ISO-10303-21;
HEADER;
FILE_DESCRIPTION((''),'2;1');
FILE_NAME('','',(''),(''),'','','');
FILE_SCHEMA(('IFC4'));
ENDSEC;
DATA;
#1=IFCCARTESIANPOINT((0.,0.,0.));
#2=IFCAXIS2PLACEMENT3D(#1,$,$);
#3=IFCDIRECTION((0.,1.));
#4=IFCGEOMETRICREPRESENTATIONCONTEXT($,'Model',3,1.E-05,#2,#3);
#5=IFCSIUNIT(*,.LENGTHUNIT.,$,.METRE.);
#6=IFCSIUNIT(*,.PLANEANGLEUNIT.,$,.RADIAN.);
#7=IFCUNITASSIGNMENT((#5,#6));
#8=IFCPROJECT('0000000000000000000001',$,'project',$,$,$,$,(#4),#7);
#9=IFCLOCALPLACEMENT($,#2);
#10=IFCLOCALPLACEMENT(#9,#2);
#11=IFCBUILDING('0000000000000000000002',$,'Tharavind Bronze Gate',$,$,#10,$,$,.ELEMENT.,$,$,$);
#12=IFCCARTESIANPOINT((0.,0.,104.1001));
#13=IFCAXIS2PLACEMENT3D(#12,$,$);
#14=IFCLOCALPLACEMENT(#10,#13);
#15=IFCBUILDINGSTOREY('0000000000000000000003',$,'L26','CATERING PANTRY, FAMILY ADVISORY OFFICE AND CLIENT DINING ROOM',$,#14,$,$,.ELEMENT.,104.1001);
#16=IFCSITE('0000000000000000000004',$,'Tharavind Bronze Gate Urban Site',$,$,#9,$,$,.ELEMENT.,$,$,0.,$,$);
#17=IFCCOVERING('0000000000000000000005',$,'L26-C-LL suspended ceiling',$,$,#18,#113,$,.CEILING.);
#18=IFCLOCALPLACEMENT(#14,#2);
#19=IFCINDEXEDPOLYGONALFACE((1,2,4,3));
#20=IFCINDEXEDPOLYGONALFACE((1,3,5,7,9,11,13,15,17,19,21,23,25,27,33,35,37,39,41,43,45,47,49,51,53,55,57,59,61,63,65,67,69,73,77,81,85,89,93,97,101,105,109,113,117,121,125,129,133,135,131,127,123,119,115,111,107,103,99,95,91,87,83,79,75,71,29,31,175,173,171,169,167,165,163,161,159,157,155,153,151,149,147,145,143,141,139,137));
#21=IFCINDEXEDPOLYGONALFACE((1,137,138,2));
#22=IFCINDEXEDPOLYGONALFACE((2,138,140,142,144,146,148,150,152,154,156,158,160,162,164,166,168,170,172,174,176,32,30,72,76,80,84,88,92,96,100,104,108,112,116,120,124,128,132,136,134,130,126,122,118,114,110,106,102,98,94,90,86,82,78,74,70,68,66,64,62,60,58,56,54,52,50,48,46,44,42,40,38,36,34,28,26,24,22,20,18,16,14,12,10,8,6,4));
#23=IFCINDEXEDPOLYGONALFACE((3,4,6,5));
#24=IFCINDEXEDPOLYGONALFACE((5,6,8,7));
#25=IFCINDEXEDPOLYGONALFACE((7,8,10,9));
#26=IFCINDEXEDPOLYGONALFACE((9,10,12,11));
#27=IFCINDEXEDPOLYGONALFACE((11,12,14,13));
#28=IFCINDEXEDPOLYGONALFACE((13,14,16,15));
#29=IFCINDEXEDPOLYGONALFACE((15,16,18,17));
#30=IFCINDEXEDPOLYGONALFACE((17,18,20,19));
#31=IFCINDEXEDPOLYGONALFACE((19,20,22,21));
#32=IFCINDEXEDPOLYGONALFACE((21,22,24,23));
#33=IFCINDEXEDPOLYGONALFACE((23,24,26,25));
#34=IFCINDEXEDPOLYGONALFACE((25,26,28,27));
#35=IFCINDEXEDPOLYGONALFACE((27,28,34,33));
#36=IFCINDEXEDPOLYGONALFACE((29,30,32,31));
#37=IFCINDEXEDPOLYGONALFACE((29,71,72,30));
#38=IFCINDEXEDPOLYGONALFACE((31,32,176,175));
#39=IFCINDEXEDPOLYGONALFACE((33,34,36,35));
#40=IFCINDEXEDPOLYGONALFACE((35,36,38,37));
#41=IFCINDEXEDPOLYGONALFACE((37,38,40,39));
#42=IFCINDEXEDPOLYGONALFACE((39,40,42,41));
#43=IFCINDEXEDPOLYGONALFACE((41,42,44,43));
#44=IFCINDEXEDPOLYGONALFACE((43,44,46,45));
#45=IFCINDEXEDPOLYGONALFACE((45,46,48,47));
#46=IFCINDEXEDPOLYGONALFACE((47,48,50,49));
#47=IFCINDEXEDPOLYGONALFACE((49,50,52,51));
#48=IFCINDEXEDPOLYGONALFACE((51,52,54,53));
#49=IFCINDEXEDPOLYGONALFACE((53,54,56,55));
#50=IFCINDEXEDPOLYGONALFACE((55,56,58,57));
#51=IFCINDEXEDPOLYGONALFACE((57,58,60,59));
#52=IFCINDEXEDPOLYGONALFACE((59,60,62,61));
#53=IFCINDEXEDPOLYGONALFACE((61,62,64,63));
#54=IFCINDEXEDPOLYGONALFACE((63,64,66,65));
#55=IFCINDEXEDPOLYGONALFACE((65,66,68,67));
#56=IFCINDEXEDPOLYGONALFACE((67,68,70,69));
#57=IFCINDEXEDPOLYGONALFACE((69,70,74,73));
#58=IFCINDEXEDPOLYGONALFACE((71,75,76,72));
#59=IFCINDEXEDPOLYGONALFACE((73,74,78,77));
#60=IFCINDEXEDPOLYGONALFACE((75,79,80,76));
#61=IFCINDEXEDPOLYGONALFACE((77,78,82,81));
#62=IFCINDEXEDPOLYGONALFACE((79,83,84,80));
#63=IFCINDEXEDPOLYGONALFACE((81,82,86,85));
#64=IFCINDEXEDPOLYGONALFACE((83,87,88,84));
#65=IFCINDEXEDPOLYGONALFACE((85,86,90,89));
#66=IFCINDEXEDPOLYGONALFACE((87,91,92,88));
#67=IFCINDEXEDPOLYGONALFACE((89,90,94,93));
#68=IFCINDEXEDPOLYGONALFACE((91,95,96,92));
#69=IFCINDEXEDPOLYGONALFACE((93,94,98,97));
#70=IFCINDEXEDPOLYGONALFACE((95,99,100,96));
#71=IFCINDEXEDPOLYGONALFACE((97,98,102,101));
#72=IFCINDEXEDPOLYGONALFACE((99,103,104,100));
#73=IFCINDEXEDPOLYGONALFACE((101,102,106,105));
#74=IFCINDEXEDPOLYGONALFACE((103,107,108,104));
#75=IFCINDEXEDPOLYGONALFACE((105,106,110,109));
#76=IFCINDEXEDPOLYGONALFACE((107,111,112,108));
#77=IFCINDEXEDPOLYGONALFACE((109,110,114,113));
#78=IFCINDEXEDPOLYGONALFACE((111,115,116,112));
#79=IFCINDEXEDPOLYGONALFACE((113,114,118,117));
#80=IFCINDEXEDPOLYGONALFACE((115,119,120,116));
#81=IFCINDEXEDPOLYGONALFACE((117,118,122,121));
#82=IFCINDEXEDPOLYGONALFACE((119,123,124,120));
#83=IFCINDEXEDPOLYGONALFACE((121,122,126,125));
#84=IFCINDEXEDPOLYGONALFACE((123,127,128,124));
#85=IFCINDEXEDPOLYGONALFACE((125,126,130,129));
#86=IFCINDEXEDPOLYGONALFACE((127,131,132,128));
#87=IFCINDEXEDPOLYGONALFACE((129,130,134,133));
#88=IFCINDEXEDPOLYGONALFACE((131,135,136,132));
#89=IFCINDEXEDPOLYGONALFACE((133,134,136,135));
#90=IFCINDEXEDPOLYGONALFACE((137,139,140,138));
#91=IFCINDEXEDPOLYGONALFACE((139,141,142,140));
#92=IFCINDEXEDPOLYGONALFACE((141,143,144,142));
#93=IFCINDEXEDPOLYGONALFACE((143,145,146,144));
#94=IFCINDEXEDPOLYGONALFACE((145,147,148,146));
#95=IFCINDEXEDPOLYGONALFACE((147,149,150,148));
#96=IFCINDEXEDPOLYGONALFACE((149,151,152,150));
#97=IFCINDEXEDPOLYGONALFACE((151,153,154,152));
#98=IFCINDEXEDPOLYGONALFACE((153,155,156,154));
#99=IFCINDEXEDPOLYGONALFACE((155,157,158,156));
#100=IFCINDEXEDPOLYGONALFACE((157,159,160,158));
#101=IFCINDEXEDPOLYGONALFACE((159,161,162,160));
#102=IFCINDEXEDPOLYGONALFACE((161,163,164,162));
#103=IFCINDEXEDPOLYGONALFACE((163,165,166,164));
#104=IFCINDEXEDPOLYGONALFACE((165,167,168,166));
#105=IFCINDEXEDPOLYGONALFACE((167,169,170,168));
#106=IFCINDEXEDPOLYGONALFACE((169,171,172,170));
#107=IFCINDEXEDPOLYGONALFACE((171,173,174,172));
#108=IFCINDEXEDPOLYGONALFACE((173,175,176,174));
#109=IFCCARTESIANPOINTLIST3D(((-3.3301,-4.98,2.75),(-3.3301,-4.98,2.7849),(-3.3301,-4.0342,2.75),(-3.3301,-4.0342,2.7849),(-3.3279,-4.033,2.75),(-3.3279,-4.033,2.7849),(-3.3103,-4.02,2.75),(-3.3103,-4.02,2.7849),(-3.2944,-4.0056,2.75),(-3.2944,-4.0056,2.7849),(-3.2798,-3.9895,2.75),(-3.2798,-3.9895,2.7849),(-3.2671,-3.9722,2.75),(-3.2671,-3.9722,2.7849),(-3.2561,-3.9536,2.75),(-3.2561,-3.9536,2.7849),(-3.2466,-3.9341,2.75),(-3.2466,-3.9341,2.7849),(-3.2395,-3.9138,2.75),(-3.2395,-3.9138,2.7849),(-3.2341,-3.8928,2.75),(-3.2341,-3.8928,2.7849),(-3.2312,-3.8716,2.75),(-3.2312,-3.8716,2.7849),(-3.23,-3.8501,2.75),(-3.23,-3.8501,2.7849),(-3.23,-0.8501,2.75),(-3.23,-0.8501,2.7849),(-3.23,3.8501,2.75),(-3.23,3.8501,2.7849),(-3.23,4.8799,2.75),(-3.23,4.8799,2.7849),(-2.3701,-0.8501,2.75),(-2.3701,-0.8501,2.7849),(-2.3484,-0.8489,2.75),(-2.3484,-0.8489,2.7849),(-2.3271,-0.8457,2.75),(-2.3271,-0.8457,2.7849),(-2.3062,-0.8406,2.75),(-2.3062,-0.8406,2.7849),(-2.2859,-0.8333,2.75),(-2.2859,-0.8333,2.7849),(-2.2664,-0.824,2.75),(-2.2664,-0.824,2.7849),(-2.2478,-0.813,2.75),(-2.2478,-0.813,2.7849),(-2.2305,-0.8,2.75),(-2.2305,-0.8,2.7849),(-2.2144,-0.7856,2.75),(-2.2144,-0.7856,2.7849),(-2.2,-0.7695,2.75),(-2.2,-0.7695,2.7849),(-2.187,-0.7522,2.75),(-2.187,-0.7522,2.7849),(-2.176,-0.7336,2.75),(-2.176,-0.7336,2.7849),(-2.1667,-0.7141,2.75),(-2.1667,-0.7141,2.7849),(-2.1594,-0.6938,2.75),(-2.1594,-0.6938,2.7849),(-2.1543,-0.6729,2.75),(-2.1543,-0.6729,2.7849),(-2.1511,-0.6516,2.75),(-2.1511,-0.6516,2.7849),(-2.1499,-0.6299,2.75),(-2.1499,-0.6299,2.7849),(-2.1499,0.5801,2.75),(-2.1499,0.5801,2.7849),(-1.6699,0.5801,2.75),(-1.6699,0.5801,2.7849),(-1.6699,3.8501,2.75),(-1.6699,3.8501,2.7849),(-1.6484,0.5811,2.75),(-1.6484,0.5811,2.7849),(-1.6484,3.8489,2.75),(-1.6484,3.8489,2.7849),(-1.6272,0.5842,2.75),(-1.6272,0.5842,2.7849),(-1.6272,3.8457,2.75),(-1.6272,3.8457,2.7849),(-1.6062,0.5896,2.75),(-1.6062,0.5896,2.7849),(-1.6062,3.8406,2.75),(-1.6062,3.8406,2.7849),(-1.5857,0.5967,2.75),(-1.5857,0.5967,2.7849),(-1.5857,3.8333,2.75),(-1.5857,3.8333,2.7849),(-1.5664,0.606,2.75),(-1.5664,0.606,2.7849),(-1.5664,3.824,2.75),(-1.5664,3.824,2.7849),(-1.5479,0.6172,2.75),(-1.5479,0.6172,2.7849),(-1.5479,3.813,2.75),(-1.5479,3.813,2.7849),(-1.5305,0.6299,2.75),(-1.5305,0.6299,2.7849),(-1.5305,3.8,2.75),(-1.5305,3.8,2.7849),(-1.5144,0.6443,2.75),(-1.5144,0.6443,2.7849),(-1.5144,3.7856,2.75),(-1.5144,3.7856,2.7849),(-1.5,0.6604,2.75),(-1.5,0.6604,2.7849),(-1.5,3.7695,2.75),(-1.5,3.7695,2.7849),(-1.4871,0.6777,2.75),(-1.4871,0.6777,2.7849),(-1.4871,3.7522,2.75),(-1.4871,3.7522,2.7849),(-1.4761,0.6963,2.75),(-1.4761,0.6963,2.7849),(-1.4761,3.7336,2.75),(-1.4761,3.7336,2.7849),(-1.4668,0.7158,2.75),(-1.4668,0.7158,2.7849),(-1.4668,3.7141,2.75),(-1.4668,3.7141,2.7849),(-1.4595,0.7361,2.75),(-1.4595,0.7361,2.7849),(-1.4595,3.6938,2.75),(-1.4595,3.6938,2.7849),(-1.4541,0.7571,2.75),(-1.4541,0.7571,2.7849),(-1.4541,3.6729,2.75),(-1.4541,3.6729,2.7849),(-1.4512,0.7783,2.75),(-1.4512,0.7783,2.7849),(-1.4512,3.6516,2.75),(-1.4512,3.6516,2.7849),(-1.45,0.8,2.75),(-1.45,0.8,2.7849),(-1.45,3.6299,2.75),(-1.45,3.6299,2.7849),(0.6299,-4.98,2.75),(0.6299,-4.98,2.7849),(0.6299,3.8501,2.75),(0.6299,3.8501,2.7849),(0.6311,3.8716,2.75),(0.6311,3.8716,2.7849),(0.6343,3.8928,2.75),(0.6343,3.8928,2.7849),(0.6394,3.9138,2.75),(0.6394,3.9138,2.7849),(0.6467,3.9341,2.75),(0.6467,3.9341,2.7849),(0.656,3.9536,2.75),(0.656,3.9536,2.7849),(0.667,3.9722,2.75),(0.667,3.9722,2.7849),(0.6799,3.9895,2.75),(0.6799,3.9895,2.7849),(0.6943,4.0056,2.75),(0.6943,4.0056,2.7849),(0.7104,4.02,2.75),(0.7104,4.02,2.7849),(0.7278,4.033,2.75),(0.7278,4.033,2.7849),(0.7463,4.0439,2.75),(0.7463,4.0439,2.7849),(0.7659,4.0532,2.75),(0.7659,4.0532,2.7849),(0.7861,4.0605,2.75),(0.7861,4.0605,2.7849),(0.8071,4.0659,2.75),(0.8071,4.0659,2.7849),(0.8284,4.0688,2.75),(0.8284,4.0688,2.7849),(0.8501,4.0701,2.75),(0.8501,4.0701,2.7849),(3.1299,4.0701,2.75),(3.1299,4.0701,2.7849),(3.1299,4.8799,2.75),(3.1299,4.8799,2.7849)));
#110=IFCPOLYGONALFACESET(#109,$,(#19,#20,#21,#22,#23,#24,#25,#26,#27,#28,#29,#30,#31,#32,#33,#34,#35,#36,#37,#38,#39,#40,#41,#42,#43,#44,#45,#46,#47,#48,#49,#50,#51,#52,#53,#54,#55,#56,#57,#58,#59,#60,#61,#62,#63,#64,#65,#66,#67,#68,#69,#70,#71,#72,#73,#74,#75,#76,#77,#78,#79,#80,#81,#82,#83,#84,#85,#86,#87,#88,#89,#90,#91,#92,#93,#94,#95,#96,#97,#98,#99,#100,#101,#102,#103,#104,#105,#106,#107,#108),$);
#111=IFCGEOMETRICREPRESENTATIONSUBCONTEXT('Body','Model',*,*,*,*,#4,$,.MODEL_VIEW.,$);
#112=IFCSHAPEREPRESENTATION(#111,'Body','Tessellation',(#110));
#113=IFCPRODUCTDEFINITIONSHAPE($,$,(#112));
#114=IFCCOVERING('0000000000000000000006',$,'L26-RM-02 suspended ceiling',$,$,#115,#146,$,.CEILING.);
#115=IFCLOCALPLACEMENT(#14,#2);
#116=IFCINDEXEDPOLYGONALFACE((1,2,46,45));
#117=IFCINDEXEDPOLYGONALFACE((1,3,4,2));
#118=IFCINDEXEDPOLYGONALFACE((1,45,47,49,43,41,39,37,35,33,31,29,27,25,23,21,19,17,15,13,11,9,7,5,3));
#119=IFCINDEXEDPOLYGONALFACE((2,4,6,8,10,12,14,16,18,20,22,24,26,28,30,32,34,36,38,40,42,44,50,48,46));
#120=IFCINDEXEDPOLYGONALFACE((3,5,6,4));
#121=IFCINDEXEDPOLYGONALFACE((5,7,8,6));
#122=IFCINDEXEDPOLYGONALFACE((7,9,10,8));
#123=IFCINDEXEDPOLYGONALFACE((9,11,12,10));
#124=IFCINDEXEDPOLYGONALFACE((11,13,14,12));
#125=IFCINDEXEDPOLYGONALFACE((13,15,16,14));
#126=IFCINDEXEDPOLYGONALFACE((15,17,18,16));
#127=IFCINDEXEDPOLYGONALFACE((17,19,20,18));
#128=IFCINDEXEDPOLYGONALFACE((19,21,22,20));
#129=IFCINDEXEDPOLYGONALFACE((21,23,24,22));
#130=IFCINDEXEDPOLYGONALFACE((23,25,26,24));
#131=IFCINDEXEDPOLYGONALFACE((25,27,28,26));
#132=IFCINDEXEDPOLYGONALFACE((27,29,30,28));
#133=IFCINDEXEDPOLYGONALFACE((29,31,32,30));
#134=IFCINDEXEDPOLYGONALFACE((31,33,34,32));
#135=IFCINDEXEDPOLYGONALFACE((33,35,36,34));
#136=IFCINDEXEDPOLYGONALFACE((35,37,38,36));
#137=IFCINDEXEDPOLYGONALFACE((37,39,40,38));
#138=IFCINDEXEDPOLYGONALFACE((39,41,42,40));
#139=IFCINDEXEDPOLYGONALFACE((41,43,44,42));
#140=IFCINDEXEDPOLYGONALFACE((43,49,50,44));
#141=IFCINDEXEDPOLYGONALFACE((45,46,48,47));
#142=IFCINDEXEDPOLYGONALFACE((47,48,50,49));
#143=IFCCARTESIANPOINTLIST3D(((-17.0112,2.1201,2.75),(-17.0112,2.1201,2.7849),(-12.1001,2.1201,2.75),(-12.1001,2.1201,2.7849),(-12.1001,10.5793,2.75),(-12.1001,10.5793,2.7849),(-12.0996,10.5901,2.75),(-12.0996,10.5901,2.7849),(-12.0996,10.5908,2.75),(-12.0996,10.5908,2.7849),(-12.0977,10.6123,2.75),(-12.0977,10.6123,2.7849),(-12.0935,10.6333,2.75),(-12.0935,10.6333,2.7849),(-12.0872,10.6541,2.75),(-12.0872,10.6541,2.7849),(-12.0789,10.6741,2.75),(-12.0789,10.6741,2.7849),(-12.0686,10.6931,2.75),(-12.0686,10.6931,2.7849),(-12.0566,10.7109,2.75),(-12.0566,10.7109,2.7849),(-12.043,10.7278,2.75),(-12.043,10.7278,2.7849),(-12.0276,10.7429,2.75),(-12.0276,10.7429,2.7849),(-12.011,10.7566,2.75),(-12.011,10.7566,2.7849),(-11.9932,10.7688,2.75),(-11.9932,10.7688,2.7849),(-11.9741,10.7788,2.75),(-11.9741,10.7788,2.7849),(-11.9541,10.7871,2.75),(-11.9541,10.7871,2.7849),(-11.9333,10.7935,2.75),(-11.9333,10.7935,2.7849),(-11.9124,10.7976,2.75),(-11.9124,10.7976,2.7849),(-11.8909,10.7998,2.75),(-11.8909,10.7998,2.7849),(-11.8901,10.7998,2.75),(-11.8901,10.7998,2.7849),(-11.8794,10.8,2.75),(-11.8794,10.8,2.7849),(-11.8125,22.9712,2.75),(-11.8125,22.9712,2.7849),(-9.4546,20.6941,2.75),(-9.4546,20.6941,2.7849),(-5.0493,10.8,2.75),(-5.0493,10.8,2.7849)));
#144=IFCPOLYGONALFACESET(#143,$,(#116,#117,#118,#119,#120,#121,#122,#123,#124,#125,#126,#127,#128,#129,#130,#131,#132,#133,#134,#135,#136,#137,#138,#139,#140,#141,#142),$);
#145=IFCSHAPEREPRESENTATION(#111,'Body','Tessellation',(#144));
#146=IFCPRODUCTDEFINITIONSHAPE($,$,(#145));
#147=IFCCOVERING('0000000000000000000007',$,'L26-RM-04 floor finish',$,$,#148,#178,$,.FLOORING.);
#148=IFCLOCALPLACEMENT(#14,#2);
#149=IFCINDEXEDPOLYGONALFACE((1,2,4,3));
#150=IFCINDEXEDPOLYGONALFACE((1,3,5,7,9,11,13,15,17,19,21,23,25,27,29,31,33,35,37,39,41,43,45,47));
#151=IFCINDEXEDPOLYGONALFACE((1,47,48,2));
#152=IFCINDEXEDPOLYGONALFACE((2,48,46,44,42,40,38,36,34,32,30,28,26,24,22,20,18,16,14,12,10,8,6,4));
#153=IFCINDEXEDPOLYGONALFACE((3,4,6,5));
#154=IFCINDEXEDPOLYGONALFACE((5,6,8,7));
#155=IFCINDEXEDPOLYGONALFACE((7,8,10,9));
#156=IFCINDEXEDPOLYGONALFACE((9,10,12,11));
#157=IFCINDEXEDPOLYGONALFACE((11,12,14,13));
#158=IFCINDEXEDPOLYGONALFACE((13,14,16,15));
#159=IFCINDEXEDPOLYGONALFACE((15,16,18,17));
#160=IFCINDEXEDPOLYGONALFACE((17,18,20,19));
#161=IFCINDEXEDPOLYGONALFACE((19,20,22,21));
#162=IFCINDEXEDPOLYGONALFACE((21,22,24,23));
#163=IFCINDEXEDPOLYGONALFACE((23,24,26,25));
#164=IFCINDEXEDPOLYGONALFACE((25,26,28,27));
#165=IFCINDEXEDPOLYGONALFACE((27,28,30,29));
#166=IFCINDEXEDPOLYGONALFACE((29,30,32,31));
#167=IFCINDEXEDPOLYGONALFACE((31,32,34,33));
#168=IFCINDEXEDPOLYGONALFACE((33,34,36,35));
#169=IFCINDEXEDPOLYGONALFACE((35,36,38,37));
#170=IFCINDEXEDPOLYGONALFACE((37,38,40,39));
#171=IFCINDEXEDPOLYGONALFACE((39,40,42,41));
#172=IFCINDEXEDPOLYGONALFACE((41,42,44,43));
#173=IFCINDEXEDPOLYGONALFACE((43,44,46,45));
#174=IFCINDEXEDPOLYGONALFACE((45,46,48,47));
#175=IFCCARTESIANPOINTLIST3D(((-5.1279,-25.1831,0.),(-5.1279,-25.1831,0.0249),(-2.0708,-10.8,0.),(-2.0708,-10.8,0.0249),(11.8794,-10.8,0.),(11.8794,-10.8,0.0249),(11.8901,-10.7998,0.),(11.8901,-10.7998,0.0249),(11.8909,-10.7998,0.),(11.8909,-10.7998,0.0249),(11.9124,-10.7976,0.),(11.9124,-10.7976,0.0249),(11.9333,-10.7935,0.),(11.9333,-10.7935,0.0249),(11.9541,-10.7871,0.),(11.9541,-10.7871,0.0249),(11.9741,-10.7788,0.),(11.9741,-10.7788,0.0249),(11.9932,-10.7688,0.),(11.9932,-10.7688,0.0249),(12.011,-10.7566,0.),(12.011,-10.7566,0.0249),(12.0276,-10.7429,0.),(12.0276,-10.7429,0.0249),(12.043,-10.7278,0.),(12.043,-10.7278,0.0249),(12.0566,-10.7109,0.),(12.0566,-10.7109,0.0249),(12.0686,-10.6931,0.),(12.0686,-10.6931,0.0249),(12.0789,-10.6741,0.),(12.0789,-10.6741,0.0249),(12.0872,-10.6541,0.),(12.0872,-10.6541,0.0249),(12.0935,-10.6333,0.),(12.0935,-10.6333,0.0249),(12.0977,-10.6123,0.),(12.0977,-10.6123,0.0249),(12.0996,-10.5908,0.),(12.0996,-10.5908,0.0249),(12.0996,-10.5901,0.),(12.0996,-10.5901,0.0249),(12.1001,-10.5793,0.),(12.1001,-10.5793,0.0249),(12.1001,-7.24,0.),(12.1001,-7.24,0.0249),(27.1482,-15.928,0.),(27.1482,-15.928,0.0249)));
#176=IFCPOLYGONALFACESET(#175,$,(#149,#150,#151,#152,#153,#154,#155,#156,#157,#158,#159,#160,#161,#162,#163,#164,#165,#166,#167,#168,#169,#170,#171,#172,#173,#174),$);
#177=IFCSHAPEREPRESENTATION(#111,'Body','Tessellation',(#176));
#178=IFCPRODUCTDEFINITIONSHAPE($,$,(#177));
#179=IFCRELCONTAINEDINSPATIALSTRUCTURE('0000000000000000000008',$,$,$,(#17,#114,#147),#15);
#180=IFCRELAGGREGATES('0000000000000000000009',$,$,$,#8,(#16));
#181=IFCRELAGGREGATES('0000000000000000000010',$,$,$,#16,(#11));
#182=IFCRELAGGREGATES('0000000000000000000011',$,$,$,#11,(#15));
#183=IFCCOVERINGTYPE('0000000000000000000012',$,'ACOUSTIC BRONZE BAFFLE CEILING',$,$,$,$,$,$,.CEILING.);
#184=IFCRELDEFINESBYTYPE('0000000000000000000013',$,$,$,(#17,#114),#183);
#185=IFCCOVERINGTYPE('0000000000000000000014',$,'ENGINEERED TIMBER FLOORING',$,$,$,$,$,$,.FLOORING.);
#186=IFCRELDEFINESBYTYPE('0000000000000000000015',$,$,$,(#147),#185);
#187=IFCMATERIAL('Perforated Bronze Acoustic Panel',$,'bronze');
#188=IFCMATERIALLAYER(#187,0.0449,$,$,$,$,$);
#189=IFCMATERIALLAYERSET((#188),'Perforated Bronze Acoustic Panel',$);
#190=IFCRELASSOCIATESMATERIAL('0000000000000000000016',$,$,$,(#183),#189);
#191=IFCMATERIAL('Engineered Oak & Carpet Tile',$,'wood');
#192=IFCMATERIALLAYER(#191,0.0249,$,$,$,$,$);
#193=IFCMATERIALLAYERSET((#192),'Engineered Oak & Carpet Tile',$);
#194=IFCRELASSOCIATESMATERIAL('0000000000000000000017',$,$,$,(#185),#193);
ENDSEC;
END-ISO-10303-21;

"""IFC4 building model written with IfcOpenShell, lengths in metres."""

from ifc_helpers import new_model, si_unit, direction, frame, origin, place, context, subcontext, project, spatial, polyline, outline, extrude, material, layer, layer_set, type_object, element, save


model = new_model("IFC4")

# Units and contexts
model_context = context("Model", 3, precision=1e-05, world=origin(), true_north=direction((0.0, 1.0)))
body_context = subcontext(model_context, "Body", "Model", "MODEL_VIEW")
ifc_project = project(units=[si_unit("LENGTHUNIT", "METRE"), si_unit("PLANEANGLEUNIT", "RADIAN")], contexts=[model_context])

# Site, building, storey
site_placement = place(None, origin())
site = spatial("IfcSite", under=ifc_project, at=site_placement, Name="Tharavind Bronze Gate Urban Site", CompositionType="ELEMENT", RefElevation=0.0)
building_placement = place(site_placement, origin())
building = spatial("IfcBuilding", under=site, at=building_placement, Name="Tharavind Bronze Gate", CompositionType="ELEMENT")
storey_placement = place(building_placement, frame((0.0, 0.0, 104.1001)))
storey = spatial("IfcBuildingStorey", under=building, at=storey_placement, Name="L26", Description="CATERING PANTRY, FAMILY ADVISORY OFFICE AND CLIENT DINING ROOM", CompositionType="ELEMENT", Elevation=104.1001)

# Coverings
ifc_material_1 = material(Name="Perforated Bronze Acoustic Panel", Category="bronze")
ifc_layer_1 = layer(ifc_material_1, 0.0449)
ifc_layer_set_1 = layer_set([ifc_layer_1], Name="Perforated Bronze Acoustic Panel")
covering_type_1 = type_object("IfcCoveringType", Name="ACOUSTIC BRONZE BAFFLE CEILING", PredefinedType="CEILING", material=ifc_layer_set_1)
covering_1_placement = place(storey_placement, frame((0.0, 0.0, 2.75)))
element("IfcCovering", 1, at=covering_1_placement, inside=storey, type_object=covering_type_1, Name="L26-C-LL suspended ceiling", PredefinedType="CEILING", context=body_context, shape_type="SweptSolid", body=[
    extrude(outline(polyline([(-3.3301, -4.98), (0.6299, -4.98), (0.6299, 3.8501), (0.6311, 3.8716), (0.6343, 3.8928), (0.6394, 3.9138), (0.6467, 3.9341), (0.656, 3.9536), (0.667, 3.9722), (0.6799, 3.9895), (0.6943, 4.0056), (0.7104, 4.02), (0.7278, 4.033), (0.7463, 4.0439), (0.7659, 4.0532), (0.7861, 4.0605), (0.8071, 4.0659), (0.8284, 4.0688), (0.8501, 4.0701), (3.1299, 4.0701), (3.1299, 4.8799), (-3.23, 4.8799), (-3.23, 3.8501), (-1.6699, 3.8501), (-1.6484, 3.8489), (-1.6272, 3.8457), (-1.6062, 3.8406), (-1.5857, 3.8333), (-1.5664, 3.824), (-1.5479, 3.813), (-1.5305, 3.8), (-1.5144, 3.7856), (-1.5, 3.7695), (-1.4871, 3.7522), (-1.4761, 3.7336), (-1.4668, 3.7141), (-1.4595, 3.6938), (-1.4541, 3.6729), (-1.4512, 3.6516), (-1.45, 3.6299), (-1.45, 0.8), (-1.4512, 0.7783), (-1.4541, 0.7571), (-1.4595, 0.7361), (-1.4668, 0.7158), (-1.4761, 0.6963), (-1.4871, 0.6777), (-1.5, 0.6604), (-1.5144, 0.6443), (-1.5305, 0.6299), (-1.5479, 0.6172), (-1.5664, 0.606), (-1.5857, 0.5967), (-1.6062, 0.5896), (-1.6272, 0.5842), (-1.6484, 0.5811), (-1.6699, 0.5801), (-2.1499, 0.5801), (-2.1499, -0.6299), (-2.1511, -0.6516), (-2.1543, -0.6729), (-2.1594, -0.6938), (-2.1667, -0.7141), (-2.176, -0.7336), (-2.187, -0.7522), (-2.2, -0.7695), (-2.2144, -0.7856), (-2.2305, -0.8), (-2.2478, -0.813), (-2.2664, -0.824), (-2.2859, -0.8333), (-2.3062, -0.8406), (-2.3271, -0.8457), (-2.3484, -0.8489), (-2.3701, -0.8501), (-3.23, -0.8501), (-3.23, -3.8501), (-3.2312, -3.8716), (-3.2341, -3.8928), (-3.2395, -3.9138), (-3.2466, -3.9341), (-3.2561, -3.9536), (-3.2671, -3.9722), (-3.2798, -3.9895), (-3.2944, -4.0056), (-3.3103, -4.02), (-3.3279, -4.033), (-3.3301, -4.0342), (-3.3301, -4.98)])), origin(), (0.0, 0.0, 1.0), 0.0349),
])
covering_2_placement = place(storey_placement, frame((0.0, 0.0, 2.75)))
element("IfcCovering", 2, at=covering_2_placement, inside=storey, type_object=covering_type_1, Name="L26-RM-02 suspended ceiling", PredefinedType="CEILING", context=body_context, shape_type="SweptSolid", body=[
    extrude(outline(polyline([(-12.1001, 2.1201), (-12.1001, 10.5793), (-12.0996, 10.5901), (-12.0996, 10.5908), (-12.0977, 10.6123), (-12.0935, 10.6333), (-12.0872, 10.6541), (-12.0789, 10.6741), (-12.0686, 10.6931), (-12.0566, 10.7109), (-12.043, 10.7278), (-12.0276, 10.7429), (-12.011, 10.7566), (-11.9932, 10.7688), (-11.9741, 10.7788), (-11.9541, 10.7871), (-11.9333, 10.7935), (-11.9124, 10.7976), (-11.8909, 10.7998), (-11.8901, 10.7998), (-11.8794, 10.8), (-5.0493, 10.8), (-9.4546, 20.6941), (-11.8125, 22.9712), (-17.0112, 2.1201), (-12.1001, 2.1201)])), origin(), (0.0, 0.0, 1.0), 0.0349),
])
ifc_material_2 = material(Name="Engineered Oak & Carpet Tile", Category="wood")
ifc_layer_2 = layer(ifc_material_2, 0.0249)
ifc_layer_set_2 = layer_set([ifc_layer_2], Name="Engineered Oak & Carpet Tile")
covering_type_2 = type_object("IfcCoveringType", Name="ENGINEERED TIMBER FLOORING", PredefinedType="FLOORING", material=ifc_layer_set_2)
covering_3_placement = place(storey_placement, origin())
element("IfcCovering", 3, at=covering_3_placement, inside=storey, type_object=covering_type_2, Name="L26-RM-04 floor finish", PredefinedType="FLOORING", context=body_context, shape_type="SweptSolid", body=[
    extrude(outline(polyline([(27.1482, -15.928), (12.1001, -7.24), (12.1001, -10.5793), (12.0996, -10.5901), (12.0996, -10.5908), (12.0977, -10.6123), (12.0935, -10.6333), (12.0872, -10.6541), (12.0789, -10.6741), (12.0686, -10.6931), (12.0566, -10.7109), (12.043, -10.7278), (12.0276, -10.7429), (12.011, -10.7566), (11.9932, -10.7688), (11.9741, -10.7788), (11.9541, -10.7871), (11.9333, -10.7935), (11.9124, -10.7976), (11.8909, -10.7998), (11.8901, -10.7998), (11.8794, -10.8), (-2.0708, -10.8), (-5.1279, -25.1831), (27.1482, -15.928)])), origin(), (0.0, 0.0, 1.0), 0.0249),
])

save(model, "model.ifc")
